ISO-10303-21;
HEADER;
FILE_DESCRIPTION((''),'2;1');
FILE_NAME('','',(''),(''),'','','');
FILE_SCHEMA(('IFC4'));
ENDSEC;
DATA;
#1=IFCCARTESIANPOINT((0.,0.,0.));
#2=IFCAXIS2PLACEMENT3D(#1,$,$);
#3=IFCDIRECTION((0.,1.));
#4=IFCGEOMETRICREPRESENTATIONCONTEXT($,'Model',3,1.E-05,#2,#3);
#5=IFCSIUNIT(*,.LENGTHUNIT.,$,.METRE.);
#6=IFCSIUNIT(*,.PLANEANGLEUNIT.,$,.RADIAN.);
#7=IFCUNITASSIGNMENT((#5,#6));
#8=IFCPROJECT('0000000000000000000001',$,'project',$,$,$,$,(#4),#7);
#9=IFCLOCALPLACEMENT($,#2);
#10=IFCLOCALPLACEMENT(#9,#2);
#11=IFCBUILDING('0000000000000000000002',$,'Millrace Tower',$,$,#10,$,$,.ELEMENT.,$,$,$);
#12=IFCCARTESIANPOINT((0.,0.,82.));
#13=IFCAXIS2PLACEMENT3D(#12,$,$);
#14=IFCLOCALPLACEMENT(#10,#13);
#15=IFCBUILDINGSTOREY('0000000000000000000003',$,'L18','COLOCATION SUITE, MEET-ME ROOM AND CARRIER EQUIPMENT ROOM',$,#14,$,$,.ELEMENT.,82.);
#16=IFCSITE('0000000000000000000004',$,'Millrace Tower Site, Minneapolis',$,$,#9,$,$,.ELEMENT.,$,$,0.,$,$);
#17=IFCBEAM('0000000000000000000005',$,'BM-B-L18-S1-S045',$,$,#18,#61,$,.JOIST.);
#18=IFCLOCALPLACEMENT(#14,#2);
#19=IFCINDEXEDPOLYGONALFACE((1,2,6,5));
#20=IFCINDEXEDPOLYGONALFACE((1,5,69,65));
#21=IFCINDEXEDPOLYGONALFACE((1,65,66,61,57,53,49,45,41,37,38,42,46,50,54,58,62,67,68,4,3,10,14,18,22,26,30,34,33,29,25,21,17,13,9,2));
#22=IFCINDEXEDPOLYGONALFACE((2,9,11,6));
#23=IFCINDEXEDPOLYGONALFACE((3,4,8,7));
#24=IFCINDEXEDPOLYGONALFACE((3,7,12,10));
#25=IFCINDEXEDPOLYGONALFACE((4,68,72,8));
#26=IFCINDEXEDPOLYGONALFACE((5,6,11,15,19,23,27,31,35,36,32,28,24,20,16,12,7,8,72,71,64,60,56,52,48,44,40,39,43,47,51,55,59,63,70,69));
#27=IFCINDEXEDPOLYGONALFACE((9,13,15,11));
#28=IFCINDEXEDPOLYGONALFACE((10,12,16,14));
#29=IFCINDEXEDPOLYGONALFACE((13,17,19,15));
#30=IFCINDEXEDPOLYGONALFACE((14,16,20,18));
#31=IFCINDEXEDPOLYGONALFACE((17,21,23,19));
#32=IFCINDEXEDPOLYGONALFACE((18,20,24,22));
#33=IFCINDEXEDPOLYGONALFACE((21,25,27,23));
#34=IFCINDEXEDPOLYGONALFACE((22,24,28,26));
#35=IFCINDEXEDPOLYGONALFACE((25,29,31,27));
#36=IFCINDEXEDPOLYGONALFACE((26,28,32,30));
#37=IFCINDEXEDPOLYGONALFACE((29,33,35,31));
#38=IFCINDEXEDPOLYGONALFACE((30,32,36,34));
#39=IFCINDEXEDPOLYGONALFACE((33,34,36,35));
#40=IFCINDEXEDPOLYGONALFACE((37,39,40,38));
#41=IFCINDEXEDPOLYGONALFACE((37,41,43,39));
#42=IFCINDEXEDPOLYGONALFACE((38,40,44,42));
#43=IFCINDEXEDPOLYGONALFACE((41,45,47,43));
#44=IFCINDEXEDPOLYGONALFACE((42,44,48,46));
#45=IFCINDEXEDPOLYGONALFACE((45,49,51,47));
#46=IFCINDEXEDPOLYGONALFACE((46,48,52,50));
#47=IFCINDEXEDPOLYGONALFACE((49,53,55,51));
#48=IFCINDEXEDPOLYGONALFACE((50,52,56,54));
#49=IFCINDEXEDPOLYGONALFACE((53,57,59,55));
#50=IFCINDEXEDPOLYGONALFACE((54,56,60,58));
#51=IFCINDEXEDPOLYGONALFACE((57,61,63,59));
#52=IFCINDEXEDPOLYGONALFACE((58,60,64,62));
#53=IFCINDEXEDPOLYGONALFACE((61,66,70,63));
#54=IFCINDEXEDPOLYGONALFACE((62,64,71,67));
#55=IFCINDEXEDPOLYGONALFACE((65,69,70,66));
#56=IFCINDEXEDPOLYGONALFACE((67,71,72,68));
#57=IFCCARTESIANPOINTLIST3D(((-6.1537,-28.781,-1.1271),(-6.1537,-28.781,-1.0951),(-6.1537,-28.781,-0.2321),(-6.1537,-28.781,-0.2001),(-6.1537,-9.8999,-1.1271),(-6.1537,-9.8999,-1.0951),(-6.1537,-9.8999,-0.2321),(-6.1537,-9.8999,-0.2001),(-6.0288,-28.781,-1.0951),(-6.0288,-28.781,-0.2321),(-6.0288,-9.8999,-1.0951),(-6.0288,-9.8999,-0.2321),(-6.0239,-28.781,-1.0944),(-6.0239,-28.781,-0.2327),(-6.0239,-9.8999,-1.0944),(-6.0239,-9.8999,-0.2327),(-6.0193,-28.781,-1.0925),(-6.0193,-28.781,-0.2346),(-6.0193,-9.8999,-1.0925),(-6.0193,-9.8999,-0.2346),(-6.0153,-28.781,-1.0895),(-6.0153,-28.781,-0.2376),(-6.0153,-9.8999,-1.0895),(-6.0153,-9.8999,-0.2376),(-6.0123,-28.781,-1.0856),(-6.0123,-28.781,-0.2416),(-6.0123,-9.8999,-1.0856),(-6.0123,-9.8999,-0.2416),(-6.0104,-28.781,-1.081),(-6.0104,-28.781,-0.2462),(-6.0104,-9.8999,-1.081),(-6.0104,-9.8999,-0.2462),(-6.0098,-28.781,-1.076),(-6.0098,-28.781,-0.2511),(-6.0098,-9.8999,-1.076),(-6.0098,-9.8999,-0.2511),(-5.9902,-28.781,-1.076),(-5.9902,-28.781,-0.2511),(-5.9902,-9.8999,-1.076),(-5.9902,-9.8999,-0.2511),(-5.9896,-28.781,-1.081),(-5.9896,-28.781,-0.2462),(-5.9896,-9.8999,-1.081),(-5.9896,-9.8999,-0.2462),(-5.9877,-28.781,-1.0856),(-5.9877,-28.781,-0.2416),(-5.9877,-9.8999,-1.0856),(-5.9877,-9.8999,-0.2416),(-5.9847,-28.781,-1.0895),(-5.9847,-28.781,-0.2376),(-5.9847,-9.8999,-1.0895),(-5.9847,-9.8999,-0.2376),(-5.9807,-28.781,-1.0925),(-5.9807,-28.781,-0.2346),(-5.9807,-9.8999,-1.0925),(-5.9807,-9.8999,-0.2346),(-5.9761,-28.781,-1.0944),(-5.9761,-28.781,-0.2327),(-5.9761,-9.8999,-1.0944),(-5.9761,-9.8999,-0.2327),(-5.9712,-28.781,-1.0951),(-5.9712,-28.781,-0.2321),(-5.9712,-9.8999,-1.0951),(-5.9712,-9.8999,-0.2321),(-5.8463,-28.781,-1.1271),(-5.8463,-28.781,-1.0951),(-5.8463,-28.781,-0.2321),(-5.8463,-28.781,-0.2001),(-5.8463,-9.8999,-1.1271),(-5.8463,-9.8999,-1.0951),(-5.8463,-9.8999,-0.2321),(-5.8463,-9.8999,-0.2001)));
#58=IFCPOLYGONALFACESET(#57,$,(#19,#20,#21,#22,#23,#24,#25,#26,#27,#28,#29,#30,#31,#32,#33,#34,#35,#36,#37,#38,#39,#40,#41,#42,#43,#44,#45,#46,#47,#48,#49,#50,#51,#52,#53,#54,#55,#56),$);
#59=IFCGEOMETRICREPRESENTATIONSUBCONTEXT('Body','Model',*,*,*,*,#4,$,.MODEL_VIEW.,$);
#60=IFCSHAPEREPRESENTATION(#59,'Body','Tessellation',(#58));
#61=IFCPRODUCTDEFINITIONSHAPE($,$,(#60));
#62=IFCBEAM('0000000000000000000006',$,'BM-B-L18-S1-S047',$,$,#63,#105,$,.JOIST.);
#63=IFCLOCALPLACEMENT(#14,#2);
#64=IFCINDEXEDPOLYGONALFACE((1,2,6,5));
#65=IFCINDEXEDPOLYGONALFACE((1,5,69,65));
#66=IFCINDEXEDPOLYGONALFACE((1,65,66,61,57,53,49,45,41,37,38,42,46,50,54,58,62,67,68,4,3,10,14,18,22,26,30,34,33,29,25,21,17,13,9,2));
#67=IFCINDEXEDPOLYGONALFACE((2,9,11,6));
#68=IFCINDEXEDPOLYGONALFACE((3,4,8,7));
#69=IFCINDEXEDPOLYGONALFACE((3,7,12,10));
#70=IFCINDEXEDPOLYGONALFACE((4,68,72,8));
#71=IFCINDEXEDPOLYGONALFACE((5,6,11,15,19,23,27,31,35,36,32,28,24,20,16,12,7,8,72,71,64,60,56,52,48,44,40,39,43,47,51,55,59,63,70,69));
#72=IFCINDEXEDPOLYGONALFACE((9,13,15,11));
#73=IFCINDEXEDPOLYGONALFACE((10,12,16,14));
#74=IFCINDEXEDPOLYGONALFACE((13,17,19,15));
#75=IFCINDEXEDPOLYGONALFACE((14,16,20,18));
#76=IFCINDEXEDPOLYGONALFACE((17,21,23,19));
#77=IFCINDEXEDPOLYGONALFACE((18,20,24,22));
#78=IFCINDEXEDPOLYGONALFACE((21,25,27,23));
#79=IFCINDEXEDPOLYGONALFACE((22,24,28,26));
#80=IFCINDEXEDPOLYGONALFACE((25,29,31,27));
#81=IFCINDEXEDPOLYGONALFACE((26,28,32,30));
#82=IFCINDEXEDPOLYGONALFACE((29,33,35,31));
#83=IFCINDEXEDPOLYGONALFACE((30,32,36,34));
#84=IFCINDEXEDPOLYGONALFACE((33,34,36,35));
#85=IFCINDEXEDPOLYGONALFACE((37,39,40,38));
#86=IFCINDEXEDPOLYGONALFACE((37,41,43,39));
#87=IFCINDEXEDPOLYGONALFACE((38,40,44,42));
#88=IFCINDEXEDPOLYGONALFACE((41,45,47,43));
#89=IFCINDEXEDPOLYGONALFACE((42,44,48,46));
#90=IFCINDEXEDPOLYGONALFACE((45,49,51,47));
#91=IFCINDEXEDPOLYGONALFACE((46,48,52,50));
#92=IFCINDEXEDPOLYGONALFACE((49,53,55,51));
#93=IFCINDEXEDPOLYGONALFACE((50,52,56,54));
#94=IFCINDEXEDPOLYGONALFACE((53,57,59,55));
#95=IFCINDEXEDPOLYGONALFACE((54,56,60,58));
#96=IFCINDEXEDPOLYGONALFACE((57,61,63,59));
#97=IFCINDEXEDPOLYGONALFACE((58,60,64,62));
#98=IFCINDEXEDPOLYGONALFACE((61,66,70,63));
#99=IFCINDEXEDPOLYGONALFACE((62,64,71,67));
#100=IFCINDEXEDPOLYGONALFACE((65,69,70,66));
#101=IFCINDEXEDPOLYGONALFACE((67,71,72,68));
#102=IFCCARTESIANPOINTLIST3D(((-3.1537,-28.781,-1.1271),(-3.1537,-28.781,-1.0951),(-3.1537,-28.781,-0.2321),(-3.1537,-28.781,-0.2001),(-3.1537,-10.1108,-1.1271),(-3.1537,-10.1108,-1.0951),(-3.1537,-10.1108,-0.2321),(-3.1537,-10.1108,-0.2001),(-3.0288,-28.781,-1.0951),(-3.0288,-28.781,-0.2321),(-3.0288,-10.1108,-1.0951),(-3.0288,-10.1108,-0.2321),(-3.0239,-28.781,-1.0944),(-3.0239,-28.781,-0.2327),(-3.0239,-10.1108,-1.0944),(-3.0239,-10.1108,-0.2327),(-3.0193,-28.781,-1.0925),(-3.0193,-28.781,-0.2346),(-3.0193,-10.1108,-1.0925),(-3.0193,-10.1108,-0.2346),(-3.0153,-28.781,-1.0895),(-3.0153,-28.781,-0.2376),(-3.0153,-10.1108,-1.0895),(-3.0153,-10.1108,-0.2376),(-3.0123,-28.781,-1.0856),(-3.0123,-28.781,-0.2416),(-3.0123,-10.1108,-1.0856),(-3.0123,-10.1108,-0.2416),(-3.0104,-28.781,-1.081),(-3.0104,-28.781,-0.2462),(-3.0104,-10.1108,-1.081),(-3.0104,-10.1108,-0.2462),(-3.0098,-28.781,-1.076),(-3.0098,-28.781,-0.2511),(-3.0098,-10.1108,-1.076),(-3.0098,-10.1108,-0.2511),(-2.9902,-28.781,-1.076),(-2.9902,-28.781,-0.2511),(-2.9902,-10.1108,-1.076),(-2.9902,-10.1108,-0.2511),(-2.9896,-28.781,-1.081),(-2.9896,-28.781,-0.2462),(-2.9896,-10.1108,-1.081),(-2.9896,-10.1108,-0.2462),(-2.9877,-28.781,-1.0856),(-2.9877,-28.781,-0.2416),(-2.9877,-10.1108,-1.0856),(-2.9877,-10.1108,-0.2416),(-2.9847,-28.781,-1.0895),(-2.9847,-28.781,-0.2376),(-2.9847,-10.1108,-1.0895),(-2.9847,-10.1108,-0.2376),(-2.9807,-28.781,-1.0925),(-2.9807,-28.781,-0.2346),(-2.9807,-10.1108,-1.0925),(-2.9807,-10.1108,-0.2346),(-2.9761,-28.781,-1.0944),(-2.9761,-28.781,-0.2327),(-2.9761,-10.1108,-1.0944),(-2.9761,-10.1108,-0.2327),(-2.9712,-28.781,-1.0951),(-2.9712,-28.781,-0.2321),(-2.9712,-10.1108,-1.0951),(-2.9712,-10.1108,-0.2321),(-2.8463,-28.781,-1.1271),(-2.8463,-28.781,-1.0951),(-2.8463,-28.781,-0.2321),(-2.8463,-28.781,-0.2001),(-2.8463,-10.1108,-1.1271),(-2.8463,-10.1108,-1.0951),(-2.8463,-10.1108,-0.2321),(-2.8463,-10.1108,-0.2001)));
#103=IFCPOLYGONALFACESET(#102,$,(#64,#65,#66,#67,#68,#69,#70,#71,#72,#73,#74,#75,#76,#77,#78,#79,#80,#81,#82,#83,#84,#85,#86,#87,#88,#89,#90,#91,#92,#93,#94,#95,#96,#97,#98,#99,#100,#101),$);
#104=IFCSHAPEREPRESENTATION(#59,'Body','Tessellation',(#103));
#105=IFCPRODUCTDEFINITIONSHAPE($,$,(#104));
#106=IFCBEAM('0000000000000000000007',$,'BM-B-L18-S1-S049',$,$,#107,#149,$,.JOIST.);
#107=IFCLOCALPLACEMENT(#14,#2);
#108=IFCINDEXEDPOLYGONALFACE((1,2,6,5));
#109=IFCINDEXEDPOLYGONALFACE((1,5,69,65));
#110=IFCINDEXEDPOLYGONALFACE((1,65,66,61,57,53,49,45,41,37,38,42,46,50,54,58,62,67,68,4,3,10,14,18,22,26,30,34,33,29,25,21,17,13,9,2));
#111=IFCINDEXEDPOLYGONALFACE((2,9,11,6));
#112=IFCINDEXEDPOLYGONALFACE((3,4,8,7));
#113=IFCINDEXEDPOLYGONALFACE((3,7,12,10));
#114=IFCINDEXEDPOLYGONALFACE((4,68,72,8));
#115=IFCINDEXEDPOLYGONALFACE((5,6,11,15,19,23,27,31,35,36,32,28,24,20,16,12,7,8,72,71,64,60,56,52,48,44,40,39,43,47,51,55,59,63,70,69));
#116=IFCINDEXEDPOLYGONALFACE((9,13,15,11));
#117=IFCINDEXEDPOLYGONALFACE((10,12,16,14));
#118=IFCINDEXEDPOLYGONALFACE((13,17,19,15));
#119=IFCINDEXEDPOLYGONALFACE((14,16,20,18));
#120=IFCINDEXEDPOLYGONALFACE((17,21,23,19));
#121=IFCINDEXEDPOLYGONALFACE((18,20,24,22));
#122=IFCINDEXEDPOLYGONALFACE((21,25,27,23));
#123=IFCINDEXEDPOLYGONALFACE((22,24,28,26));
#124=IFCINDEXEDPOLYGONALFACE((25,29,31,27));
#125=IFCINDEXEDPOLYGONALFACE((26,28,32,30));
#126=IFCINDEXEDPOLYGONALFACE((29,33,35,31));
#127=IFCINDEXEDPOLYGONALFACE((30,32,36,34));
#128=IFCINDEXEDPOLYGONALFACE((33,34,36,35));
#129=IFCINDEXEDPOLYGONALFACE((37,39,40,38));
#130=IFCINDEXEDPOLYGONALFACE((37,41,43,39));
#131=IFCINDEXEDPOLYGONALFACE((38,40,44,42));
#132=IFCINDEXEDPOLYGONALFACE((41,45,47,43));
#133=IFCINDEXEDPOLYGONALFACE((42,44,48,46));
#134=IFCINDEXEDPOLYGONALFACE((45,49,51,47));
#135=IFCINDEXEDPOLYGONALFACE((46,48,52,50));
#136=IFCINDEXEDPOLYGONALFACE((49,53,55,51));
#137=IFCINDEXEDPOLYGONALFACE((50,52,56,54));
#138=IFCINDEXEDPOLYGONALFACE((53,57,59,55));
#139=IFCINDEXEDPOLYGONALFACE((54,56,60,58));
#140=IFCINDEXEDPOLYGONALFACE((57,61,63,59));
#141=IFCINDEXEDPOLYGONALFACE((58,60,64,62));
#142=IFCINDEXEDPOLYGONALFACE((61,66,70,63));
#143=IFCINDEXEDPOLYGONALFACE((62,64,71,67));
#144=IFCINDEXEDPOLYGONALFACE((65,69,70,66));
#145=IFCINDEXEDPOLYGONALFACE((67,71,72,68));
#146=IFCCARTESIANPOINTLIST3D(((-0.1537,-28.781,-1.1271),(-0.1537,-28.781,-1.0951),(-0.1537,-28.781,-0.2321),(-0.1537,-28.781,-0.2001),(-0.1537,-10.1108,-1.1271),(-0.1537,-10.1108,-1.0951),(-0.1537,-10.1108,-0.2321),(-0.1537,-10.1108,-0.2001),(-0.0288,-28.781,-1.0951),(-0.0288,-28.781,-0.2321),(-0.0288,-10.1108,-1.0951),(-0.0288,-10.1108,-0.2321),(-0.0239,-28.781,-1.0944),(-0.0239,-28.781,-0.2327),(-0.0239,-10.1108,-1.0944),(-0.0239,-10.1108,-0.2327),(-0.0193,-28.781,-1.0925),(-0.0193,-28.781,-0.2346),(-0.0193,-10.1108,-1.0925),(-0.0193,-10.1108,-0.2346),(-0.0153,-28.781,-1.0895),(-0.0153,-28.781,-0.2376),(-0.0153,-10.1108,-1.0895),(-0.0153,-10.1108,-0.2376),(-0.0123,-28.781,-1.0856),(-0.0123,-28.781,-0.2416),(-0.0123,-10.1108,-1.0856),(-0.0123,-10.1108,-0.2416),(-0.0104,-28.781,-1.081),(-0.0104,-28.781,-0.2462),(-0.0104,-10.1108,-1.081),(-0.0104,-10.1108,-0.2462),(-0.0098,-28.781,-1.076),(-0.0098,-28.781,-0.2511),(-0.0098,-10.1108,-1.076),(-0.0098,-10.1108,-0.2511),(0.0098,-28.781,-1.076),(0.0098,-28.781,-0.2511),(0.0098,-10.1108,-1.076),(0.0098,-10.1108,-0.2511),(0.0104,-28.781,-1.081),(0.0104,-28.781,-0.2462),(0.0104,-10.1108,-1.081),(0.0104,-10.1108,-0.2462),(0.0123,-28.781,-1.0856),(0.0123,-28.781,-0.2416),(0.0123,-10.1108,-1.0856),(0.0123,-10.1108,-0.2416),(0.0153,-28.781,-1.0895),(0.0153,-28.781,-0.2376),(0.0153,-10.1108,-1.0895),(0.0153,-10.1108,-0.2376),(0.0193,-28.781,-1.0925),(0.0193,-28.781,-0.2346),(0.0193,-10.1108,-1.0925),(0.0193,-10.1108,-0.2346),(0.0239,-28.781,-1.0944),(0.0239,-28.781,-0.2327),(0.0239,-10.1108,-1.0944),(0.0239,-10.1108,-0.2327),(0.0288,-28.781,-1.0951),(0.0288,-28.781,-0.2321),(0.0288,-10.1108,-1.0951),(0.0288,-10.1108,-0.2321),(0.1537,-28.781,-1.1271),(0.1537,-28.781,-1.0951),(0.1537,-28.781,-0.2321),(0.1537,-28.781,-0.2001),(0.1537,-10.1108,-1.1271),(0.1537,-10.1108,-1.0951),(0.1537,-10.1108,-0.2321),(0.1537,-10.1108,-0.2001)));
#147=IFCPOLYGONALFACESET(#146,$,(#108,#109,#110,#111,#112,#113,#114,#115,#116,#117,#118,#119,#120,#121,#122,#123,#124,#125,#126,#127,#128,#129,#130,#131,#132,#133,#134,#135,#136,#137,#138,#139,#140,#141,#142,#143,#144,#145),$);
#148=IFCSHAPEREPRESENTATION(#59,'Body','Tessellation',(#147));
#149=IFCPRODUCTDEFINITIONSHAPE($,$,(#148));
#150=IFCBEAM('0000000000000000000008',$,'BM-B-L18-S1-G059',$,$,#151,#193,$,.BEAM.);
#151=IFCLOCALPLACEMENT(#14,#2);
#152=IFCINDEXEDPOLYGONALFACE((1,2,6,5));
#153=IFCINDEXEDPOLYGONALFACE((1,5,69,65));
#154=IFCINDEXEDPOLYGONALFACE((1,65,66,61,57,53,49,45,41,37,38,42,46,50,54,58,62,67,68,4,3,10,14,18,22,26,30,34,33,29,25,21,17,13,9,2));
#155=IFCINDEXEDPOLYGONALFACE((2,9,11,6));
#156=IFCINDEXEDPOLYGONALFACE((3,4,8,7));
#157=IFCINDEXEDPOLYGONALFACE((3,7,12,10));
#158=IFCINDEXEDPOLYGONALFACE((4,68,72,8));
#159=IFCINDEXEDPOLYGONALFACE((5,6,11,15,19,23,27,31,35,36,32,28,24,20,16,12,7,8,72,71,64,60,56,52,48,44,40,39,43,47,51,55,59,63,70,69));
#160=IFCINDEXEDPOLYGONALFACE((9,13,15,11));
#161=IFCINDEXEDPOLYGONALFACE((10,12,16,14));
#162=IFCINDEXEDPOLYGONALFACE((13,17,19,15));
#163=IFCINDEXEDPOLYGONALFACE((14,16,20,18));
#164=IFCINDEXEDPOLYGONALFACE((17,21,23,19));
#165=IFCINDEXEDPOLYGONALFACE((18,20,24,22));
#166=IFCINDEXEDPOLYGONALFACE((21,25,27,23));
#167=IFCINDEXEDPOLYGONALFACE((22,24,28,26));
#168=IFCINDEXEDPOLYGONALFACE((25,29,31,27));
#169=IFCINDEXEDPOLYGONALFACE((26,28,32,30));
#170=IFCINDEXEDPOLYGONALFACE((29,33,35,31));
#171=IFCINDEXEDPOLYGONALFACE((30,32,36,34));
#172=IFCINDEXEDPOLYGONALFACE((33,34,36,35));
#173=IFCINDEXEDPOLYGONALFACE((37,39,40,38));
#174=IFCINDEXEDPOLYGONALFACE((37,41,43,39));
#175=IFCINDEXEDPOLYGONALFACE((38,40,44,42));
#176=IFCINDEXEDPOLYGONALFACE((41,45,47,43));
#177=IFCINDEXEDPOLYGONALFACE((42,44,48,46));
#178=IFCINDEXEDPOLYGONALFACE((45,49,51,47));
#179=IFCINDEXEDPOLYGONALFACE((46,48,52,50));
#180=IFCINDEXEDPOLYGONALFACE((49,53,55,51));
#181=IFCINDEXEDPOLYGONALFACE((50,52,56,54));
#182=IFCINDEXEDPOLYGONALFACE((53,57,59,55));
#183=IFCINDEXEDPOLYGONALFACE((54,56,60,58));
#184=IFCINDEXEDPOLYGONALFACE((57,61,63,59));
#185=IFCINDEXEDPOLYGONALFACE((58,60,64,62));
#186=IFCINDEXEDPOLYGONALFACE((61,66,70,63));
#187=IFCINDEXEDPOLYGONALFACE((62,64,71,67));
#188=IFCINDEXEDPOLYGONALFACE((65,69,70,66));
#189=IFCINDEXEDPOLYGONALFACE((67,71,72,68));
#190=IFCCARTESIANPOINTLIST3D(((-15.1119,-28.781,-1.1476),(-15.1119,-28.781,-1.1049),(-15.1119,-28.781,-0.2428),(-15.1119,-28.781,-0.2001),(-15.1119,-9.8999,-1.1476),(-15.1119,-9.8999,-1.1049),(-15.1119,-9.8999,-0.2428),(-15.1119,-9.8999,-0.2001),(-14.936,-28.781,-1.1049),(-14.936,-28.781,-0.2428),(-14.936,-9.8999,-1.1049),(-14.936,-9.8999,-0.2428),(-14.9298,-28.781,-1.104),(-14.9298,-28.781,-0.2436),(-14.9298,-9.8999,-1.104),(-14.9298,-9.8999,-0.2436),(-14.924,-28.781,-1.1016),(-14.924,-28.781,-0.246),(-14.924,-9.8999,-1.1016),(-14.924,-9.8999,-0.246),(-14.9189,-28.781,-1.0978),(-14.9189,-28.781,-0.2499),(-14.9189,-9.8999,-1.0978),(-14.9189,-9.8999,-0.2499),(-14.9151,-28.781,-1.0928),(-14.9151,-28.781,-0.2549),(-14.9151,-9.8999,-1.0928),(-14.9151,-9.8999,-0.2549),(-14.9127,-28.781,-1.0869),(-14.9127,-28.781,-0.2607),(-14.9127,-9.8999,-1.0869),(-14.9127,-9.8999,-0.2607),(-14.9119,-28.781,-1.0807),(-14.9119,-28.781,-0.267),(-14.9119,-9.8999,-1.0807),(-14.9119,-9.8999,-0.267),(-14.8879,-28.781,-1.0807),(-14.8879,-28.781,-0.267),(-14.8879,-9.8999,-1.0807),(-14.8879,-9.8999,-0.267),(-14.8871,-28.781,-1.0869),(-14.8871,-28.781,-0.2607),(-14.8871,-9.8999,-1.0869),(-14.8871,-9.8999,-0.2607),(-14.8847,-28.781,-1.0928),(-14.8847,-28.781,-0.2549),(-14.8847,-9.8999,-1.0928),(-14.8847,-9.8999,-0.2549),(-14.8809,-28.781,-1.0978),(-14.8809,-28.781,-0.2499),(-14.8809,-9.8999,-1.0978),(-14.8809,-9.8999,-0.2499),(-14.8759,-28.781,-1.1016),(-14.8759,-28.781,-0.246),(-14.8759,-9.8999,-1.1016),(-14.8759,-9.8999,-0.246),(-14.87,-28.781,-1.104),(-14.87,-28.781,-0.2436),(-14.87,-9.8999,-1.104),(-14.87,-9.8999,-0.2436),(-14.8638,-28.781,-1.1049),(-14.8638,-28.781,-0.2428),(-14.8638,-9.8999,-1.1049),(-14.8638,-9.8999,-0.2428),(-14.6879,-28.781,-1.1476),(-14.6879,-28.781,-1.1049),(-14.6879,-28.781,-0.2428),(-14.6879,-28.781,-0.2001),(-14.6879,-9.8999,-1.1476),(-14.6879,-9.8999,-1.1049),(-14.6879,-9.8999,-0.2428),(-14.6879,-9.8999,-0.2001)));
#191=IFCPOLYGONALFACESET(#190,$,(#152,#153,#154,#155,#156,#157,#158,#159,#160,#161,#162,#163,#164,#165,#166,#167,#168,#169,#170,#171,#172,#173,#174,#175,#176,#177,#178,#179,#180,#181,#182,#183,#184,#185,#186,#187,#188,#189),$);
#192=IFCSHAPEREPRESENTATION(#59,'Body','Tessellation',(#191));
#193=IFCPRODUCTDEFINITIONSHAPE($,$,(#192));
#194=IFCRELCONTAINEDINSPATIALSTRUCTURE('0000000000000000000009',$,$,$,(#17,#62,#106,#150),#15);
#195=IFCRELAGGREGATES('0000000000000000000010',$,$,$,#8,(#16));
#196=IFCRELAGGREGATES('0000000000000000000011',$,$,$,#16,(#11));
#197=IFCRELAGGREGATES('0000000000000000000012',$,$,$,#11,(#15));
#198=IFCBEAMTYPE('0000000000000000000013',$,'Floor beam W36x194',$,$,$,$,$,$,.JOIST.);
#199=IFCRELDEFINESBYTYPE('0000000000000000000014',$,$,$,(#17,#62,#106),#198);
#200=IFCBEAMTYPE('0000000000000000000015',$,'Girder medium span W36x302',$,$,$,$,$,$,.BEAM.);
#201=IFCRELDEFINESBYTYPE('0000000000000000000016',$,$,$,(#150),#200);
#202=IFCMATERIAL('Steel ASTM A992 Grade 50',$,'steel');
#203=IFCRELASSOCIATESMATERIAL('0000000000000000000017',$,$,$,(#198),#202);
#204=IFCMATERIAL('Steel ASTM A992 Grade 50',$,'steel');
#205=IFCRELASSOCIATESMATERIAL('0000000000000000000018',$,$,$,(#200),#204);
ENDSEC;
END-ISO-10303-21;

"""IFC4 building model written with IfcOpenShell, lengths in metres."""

from ifc_helpers import new_model, si_unit, direction, frame, origin, origin_2d, place, context, subcontext, project, spatial, i_section, extrude, material, material_profile, profile_set, type_object, element, save


model = new_model("IFC4")

# Units and contexts
model_context = context("Model", 3, precision=1e-05, world=origin(), true_north=direction((0.0, 1.0)))
body_context = subcontext(model_context, "Body", "Model", "MODEL_VIEW")
ifc_project = project(units=[si_unit("LENGTHUNIT", "METRE"), si_unit("PLANEANGLEUNIT", "RADIAN")], contexts=[model_context])

# Site, building, storey
site_placement = place(None, origin())
site = spatial("IfcSite", under=ifc_project, at=site_placement, Name="Millrace Tower Site, Minneapolis", CompositionType="ELEMENT", RefElevation=0.0)
building_placement = place(site_placement, origin())
building = spatial("IfcBuilding", under=site, at=building_placement, Name="Millrace Tower", CompositionType="ELEMENT")
storey_placement = place(building_placement, frame((0.0, 0.0, 82.0)))
storey = spatial("IfcBuildingStorey", under=building, at=storey_placement, Name="L18", Description="COLOCATION SUITE, MEET-ME ROOM AND CARRIER EQUIPMENT ROOM", CompositionType="ELEMENT", Elevation=82.0)

# Beams
ifc_material_1 = material(Name="Steel ASTM A992 Grade 50", Category="steel")
ifc_material_profile_1 = material_profile(ifc_material_1, i_section(OverallWidth=0.3074, OverallDepth=0.927, WebThickness=0.0195, FlangeThickness=0.032, FilletRadius=0.019, at=origin_2d()))
ifc_profile_set_1 = profile_set([ifc_material_profile_1], Name="Steel ASTM A992 Grade 50")
beam_type_1 = type_object("IfcBeamType", Name="Floor beam W36x194", PredefinedType="JOIST", material=ifc_profile_set_1)
for number, where, z_axis, x_axis, name in (
    (1, (-6.0, -28.781, -0.6636), (0.0, 1.0, 0.0), (-1.0, 0.0, 0.0), "BM-B-L18-S1-S045"),
):
    element("IfcBeam", number, at=place(storey_placement, frame(where, z_axis=z_axis, x_axis=x_axis)), inside=storey, type_object=beam_type_1, Name=name, PredefinedType="JOIST", context=body_context, shape_type="SweptSolid", body=[
        extrude(i_section(OverallWidth=0.3074, OverallDepth=0.927, WebThickness=0.0195, FlangeThickness=0.032, FilletRadius=0.019, at=origin_2d()), origin(), (0.0, 0.0, 1.0), 18.8811),
    ])
for number, where, z_axis, x_axis, name in (
    (2, (-3.0, -28.781, -0.6636), (0.0, 1.0, 0.0), (-1.0, 0.0, 0.0), "BM-B-L18-S1-S047"),
    (3, (0.0, -28.781, -0.6636), (0.0, 1.0, 0.0), (-1.0, 0.0, 0.0), "BM-B-L18-S1-S049"),
):
    element("IfcBeam", number, at=place(storey_placement, frame(where, z_axis=z_axis, x_axis=x_axis)), inside=storey, type_object=beam_type_1, Name=name, PredefinedType="JOIST", context=body_context, shape_type="SweptSolid", body=[
        extrude(i_section(OverallWidth=0.3074, OverallDepth=0.927, WebThickness=0.0195, FlangeThickness=0.032, FilletRadius=0.019, at=origin_2d()), origin(), (0.0, 0.0, 1.0), 18.6702),
    ])
ifc_material_2 = material(Name="Steel ASTM A992 Grade 50", Category="steel")
ifc_material_profile_2 = material_profile(ifc_material_2, i_section(OverallWidth=0.4241, OverallDepth=0.9475, WebThickness=0.0239, FlangeThickness=0.0427, FilletRadius=0.0242, at=origin_2d()))
ifc_profile_set_2 = profile_set([ifc_material_profile_2], Name="Steel ASTM A992 Grade 50")
beam_type_2 = type_object("IfcBeamType", Name="Girder medium span W36x302", PredefinedType="BEAM", material=ifc_profile_set_2)
beam_1_placement = place(storey_placement, frame((-14.8999, -28.781, -0.6738), z_axis=(0.0, 1.0, 0.0), x_axis=(-1.0, 0.0, 0.0)))
element("IfcBeam", 4, at=beam_1_placement, inside=storey, type_object=beam_type_2, Name="BM-B-L18-S1-G059", PredefinedType="BEAM", context=body_context, shape_type="SweptSolid", body=[
    extrude(i_section(OverallWidth=0.4241, OverallDepth=0.9475, WebThickness=0.0239, FlangeThickness=0.0427, FilletRadius=0.0242, at=origin_2d()), origin(), (0.0, 0.0, 1.0), 18.8811),
])

save(model, "model.ifc")
